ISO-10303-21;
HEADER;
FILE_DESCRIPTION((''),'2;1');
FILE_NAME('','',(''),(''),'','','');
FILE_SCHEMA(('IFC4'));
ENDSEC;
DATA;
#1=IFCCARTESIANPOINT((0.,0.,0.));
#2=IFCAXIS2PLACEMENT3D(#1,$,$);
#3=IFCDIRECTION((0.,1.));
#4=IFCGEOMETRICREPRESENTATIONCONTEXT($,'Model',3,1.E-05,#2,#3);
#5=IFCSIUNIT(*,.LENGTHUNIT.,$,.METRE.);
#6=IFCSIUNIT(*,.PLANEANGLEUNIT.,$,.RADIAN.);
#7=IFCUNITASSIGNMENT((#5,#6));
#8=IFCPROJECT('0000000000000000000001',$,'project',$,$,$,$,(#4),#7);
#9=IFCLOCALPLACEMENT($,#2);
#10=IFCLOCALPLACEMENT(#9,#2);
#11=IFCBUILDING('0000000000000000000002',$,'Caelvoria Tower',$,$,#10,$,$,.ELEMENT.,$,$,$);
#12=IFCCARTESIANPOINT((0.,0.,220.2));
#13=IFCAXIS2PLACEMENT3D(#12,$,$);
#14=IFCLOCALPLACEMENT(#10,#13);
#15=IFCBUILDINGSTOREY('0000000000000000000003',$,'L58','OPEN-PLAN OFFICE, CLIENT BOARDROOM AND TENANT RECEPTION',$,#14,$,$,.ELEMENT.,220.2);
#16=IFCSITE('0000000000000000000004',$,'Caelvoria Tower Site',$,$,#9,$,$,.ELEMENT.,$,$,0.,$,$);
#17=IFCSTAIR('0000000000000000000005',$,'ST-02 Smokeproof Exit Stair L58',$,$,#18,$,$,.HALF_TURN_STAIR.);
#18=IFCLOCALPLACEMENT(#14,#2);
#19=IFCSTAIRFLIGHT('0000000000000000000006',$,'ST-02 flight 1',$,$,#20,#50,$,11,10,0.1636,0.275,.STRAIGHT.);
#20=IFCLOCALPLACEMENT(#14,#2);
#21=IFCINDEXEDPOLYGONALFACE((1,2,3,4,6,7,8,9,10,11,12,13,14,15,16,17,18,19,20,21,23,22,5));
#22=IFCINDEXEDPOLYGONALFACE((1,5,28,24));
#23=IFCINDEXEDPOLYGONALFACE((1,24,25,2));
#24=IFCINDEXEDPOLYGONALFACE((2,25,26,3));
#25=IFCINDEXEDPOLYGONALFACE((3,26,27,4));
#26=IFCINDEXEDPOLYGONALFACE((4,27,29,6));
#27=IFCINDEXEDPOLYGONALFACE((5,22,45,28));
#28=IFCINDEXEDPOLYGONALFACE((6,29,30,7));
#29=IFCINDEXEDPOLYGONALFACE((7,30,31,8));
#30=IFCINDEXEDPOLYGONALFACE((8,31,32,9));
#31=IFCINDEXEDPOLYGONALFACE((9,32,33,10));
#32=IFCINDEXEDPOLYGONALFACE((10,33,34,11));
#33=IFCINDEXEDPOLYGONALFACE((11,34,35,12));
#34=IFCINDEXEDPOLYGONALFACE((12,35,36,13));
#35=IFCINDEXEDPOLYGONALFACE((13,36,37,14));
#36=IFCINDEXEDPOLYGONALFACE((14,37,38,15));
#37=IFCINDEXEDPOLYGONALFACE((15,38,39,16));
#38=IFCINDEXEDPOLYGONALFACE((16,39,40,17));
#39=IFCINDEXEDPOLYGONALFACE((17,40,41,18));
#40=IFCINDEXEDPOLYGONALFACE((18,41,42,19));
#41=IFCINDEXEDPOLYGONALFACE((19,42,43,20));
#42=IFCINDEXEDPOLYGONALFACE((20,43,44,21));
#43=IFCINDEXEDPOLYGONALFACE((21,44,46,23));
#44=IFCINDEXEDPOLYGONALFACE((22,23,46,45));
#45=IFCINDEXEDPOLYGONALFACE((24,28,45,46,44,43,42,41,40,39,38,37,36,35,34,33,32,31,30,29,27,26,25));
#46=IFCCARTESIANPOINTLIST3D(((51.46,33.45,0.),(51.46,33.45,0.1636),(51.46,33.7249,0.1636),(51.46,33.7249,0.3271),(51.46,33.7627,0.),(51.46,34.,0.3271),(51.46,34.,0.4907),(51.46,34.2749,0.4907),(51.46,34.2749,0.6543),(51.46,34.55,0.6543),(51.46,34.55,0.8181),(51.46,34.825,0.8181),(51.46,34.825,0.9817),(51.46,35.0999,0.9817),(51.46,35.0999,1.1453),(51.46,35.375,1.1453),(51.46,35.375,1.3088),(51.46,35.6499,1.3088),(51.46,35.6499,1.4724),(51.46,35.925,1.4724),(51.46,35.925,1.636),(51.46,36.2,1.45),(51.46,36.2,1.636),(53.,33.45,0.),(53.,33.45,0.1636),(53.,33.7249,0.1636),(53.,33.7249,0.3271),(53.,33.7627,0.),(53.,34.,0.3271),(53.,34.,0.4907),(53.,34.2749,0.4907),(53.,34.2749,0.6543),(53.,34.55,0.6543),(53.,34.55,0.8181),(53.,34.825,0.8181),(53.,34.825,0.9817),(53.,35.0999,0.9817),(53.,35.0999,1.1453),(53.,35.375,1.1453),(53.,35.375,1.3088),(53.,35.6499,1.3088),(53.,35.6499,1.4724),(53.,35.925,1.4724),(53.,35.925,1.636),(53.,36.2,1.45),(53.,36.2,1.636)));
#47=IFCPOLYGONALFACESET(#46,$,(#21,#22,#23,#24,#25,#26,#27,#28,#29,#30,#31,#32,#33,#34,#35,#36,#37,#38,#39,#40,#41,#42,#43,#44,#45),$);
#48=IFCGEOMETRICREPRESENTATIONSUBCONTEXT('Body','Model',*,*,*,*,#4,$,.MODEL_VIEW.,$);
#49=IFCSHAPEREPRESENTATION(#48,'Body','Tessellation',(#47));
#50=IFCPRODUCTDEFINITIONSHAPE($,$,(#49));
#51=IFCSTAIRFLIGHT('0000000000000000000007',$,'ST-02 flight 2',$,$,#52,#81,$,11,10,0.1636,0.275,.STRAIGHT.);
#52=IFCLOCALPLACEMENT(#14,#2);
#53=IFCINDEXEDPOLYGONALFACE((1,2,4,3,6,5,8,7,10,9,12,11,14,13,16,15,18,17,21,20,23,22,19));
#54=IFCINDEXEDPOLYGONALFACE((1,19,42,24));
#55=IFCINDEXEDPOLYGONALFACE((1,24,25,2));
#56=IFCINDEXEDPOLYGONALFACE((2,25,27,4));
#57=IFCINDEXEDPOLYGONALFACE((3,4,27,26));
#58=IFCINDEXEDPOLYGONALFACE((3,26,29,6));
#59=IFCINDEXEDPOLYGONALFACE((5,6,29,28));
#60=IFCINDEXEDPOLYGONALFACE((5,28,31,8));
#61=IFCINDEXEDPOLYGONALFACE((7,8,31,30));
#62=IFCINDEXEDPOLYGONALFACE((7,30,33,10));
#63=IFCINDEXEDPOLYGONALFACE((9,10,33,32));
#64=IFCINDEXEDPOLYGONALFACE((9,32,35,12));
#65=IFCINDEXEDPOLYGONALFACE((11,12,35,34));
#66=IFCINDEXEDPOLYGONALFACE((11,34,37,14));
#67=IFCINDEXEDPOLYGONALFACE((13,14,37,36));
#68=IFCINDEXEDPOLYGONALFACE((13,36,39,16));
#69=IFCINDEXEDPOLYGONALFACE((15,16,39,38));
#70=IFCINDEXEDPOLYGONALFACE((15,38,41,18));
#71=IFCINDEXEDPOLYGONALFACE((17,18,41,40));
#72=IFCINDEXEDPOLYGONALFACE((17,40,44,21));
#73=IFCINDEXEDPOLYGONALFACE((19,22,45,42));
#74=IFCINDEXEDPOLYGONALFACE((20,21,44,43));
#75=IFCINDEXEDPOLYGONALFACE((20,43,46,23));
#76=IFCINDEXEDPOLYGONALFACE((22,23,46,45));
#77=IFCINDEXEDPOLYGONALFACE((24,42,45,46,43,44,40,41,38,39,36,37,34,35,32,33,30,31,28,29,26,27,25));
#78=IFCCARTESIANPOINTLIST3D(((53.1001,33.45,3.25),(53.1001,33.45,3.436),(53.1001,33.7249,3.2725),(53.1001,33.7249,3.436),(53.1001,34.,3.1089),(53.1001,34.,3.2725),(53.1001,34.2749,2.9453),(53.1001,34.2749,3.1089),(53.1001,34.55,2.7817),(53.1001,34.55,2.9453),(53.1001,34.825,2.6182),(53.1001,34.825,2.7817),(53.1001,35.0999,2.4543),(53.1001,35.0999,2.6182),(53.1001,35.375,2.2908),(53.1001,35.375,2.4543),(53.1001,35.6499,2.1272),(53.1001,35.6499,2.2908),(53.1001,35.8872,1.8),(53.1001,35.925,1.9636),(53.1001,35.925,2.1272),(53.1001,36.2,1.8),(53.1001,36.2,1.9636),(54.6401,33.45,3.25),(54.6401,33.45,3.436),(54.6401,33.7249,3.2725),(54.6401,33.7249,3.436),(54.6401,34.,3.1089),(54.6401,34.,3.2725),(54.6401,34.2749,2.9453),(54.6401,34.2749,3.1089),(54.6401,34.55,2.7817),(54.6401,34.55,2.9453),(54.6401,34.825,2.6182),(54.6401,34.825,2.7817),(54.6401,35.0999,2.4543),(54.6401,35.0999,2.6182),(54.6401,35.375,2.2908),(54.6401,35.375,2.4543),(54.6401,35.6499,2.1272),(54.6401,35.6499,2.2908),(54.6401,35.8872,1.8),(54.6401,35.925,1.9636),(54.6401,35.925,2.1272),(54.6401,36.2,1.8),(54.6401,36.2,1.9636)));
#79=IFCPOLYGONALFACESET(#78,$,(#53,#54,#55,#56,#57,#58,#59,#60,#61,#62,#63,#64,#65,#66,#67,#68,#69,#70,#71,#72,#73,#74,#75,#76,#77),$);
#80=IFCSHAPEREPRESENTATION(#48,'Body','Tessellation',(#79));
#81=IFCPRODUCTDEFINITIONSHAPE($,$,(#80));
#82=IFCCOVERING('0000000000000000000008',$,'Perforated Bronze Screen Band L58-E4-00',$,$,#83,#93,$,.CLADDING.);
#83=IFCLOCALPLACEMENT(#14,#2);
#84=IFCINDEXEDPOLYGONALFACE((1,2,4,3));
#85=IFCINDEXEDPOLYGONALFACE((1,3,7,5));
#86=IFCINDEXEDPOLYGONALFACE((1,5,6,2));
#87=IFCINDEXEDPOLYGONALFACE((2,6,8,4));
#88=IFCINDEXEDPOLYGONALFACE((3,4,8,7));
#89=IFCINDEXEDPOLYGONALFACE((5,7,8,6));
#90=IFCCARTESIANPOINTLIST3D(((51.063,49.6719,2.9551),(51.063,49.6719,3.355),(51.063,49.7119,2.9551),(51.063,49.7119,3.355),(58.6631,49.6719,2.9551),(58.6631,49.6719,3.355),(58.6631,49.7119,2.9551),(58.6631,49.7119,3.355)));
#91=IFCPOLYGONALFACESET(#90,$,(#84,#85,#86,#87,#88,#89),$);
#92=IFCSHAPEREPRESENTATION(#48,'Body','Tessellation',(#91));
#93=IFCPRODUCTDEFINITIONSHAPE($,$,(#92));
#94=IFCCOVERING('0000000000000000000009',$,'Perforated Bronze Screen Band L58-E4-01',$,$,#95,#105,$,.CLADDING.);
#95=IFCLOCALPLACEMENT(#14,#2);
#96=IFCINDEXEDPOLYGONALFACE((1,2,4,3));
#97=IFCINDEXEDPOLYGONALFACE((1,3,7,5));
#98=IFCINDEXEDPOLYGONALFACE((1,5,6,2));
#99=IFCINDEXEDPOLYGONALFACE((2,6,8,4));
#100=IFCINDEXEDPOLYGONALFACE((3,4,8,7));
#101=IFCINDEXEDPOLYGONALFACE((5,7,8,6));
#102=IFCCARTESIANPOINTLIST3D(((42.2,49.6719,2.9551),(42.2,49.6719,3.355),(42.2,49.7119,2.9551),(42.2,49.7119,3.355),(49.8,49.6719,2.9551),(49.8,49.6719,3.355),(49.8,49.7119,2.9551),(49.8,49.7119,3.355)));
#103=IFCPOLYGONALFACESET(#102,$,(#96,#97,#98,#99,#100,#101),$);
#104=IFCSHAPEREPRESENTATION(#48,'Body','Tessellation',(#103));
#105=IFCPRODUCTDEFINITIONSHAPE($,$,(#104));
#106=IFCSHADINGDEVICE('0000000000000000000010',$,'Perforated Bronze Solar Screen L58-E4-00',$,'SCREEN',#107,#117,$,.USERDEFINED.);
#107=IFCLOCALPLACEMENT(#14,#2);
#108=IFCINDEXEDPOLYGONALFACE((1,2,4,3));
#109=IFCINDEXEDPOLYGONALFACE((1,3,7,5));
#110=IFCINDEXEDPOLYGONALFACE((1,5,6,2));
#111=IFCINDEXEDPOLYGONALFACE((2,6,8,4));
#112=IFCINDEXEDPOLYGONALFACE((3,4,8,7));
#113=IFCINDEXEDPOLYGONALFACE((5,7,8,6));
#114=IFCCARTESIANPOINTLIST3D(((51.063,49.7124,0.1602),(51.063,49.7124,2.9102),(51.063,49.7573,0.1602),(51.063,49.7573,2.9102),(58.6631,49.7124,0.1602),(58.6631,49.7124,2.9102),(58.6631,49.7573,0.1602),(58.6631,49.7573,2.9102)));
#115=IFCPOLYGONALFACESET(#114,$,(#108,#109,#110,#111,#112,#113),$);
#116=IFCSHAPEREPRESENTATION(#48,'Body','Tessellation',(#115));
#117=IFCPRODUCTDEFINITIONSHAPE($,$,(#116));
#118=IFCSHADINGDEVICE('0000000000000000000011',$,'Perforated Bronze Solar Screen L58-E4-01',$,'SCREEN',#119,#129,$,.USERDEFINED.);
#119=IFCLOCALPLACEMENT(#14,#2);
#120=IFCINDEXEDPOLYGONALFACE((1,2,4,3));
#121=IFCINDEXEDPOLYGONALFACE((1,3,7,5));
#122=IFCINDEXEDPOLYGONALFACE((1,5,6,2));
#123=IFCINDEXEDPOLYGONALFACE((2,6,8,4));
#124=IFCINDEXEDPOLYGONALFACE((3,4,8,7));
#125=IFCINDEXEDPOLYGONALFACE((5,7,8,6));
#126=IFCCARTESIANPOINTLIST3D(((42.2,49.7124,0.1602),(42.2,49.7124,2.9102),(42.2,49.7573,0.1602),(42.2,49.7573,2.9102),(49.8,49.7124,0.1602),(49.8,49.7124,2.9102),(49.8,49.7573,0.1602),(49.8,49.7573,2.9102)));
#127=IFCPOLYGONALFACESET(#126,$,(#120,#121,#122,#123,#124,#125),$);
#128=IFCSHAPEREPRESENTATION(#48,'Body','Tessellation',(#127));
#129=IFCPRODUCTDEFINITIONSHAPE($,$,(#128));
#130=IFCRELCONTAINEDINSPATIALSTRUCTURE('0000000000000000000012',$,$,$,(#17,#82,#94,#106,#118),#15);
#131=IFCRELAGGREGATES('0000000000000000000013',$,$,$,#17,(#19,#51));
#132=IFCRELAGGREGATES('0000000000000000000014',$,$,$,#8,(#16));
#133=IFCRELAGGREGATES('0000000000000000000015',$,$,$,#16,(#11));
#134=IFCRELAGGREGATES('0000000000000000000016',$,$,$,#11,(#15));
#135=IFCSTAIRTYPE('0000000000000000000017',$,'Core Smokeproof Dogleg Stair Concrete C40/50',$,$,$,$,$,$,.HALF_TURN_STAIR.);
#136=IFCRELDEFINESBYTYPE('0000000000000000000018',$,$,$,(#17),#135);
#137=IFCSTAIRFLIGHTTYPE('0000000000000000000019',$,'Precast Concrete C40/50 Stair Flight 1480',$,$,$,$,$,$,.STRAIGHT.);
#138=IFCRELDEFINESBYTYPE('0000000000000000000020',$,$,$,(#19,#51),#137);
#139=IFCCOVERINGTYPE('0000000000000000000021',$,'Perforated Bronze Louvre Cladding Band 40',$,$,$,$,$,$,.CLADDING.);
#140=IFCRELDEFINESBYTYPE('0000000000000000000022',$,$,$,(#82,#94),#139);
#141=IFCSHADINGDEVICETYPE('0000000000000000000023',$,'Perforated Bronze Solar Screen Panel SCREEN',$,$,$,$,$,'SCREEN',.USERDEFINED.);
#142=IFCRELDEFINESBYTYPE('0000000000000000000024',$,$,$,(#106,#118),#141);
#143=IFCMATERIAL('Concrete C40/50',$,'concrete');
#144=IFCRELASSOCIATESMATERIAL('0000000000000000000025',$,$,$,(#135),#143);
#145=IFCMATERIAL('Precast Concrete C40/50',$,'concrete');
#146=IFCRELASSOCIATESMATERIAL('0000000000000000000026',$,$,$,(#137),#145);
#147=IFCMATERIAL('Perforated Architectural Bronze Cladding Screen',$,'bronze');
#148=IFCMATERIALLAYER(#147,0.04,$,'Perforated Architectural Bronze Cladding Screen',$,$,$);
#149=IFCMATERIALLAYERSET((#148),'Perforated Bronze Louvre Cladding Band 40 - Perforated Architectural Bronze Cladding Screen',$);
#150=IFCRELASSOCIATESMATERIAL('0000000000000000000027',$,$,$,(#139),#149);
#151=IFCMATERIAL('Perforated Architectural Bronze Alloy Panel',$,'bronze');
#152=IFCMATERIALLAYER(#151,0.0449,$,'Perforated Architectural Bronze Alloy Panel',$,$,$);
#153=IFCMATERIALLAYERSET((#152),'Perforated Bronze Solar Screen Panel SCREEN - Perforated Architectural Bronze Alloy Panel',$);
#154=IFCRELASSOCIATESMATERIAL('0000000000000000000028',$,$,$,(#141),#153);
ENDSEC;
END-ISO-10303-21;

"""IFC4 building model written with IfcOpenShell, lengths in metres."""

from ifc_helpers import new_model, si_unit, direction, frame, origin, origin_2d, place, context, subcontext, project, spatial, polyline, rectangle, outline, extrude, material, layer, layer_set, type_object, element, aggregate, save


model = new_model("IFC4")

# Units and contexts
model_context = context("Model", 3, precision=1e-05, world=origin(), true_north=direction((0.0, 1.0)))
body_context = subcontext(model_context, "Body", "Model", "MODEL_VIEW")
ifc_project = project(units=[si_unit("LENGTHUNIT", "METRE"), si_unit("PLANEANGLEUNIT", "RADIAN")], contexts=[model_context])

# Site, building, storey
site_placement = place(None, origin())
site = spatial("IfcSite", under=ifc_project, at=site_placement, Name="Caelvoria Tower Site", CompositionType="ELEMENT", RefElevation=0.0)
building_placement = place(site_placement, origin())
building = spatial("IfcBuilding", under=site, at=building_placement, Name="Caelvoria Tower", CompositionType="ELEMENT")
storey_placement = place(building_placement, frame((0.0, 0.0, 220.2)))
storey = spatial("IfcBuildingStorey", under=building, at=storey_placement, Name="L58", Description="OPEN-PLAN OFFICE, CLIENT BOARDROOM AND TENANT RECEPTION", CompositionType="ELEMENT", Elevation=220.2)

# Stair, stair flights
ifc_material_1 = material(Name="Concrete C40/50", Category="concrete")
stair_type = type_object("IfcStairType", Name="Core Smokeproof Dogleg Stair Concrete C40/50", PredefinedType="HALF_TURN_STAIR", material=ifc_material_1)
stair_placement = place(storey_placement, origin())
stair = element("IfcStair", 1, at=stair_placement, inside=storey, type_object=stair_type, Name="ST-02 Smokeproof Exit Stair L58", PredefinedType="HALF_TURN_STAIR")
ifc_material_2 = material(Name="Precast Concrete C40/50", Category="concrete")
stair_flight_type = type_object("IfcStairFlightType", Name="Precast Concrete C40/50 Stair Flight 1480", PredefinedType="STRAIGHT", material=ifc_material_2)
stair_flight_1_placement = place(storey_placement, frame((52.23, 33.45, 0.0), z_axis=(0.0, 0.0, 1.0), x_axis=(0.0, 1.0, 0.0)))
stair_flight_1 = element("IfcStairFlight", 2, at=stair_flight_1_placement, type_object=stair_flight_type, Name="ST-02 flight 1", NumberOfRisers=11, NumberOfTreads=10, PredefinedType="STRAIGHT", RiserHeight=0.1636, TreadLength=0.275, context=body_context, shape_type="SweptSolid", body=[
    extrude(outline(polyline([(0.0, 0.0), (0.0, 0.1636), (0.2749, 0.1636), (0.2749, 0.3271), (0.55, 0.3271), (0.55, 0.4907), (0.825, 0.4907), (0.825, 0.6543), (1.1001, 0.6543), (1.1001, 0.8181), (1.375, 0.8181), (1.375, 0.9817), (1.6499, 0.9817), (1.6499, 1.1453), (1.925, 1.1453), (1.925, 1.3088), (2.2, 1.3088), (2.2, 1.4724), (2.4751, 1.4724), (2.4751, 1.636), (2.75, 1.636), (2.75, 1.7996), (2.75, 1.45), (0.3127, 0.0), (0.0, 0.0)])), frame((0.0, 0.77, 0.0), z_axis=(0.0, -1.0, 0.0), x_axis=(1.0, 0.0, 0.0)), (0.0, 0.0, 1.0), 1.54),
])
stair_flight_2_placement = place(storey_placement, frame((53.8701, 36.2, 1.8), z_axis=(0.0, 0.0, 1.0), x_axis=(0.0, -1.0, 0.0)))
stair_flight_2 = element("IfcStairFlight", 3, at=stair_flight_2_placement, type_object=stair_flight_type, Name="ST-02 flight 2", NumberOfRisers=11, NumberOfTreads=10, PredefinedType="STRAIGHT", RiserHeight=0.1636, TreadLength=0.275, context=body_context, shape_type="SweptSolid", body=[
    extrude(outline(polyline([(0.0, 0.0), (0.0, 0.1636), (0.2749, 0.1636), (0.2749, 0.3271), (0.55, 0.3271), (0.55, 0.4907), (0.825, 0.4907), (0.825, 0.6543), (1.1001, 0.6543), (1.1001, 0.8181), (1.375, 0.8181), (1.375, 0.9817), (1.6499, 0.9817), (1.6499, 1.1453), (1.925, 1.1453), (1.925, 1.3088), (2.2, 1.3088), (2.2, 1.4724), (2.4751, 1.4724), (2.4751, 1.636), (2.75, 1.636), (2.75, 1.7996), (2.75, 1.45), (0.3127, 0.0), (0.0, 0.0)])), frame((0.0, 0.77, 0.0), z_axis=(0.0, -1.0, 0.0), x_axis=(1.0, 0.0, 0.0)), (0.0, 0.0, 1.0), 1.54),
])
aggregate(stair, [stair_flight_1, stair_flight_2])

# Coverings
ifc_material_3 = material(Name="Perforated Architectural Bronze Cladding Screen", Category="bronze")
ifc_layer_1 = layer(ifc_material_3, 0.04, Name="Perforated Architectural Bronze Cladding Screen")
ifc_layer_set_1 = layer_set([ifc_layer_1], Name="Perforated Bronze Louvre Cladding Band 40 - Perforated Architectural Bronze Cladding Screen")
covering_type = type_object("IfcCoveringType", Name="Perforated Bronze Louvre Cladding Band 40", PredefinedType="CLADDING", material=ifc_layer_set_1)
for number, where, z_axis, x_axis, name in (
    (4, (54.863, 49.6919, 2.9551), (0.0, 0.0, 1.0), (-1.0, 0.0, 0.0), "Perforated Bronze Screen Band L58-E4-00"),
    (5, (46.0, 49.6919, 2.9551), (0.0, 0.0, 1.0), (-1.0, 0.0, 0.0), "Perforated Bronze Screen Band L58-E4-01"),
):
    element("IfcCovering", number, at=place(storey_placement, frame(where, z_axis=z_axis, x_axis=x_axis)), inside=storey, type_object=covering_type, Name=name, PredefinedType="CLADDING", context=body_context, shape_type="SweptSolid", body=[
        extrude(rectangle(XDim=7.6001, YDim=0.04, at=origin_2d()), origin(), (0.0, 0.0, 1.0), 0.3999),
    ])

# Shading devices
ifc_material_4 = material(Name="Perforated Architectural Bronze Alloy Panel", Category="bronze")
ifc_layer_2 = layer(ifc_material_4, 0.0449, Name="Perforated Architectural Bronze Alloy Panel")
ifc_layer_set_2 = layer_set([ifc_layer_2], Name="Perforated Bronze Solar Screen Panel SCREEN - Perforated Architectural Bronze Alloy Panel")
shading_device_type = type_object("IfcShadingDeviceType", Name="Perforated Bronze Solar Screen Panel SCREEN", ElementType="SCREEN", PredefinedType="USERDEFINED", material=ifc_layer_set_2)
for number, where, z_axis, x_axis, name in (
    (6, (54.863, 49.7349, 0.1602), (0.0, 0.0, 1.0), (-1.0, 0.0, 0.0), "Perforated Bronze Solar Screen L58-E4-00"),
    (7, (46.0, 49.7349, 0.1602), (0.0, 0.0, 1.0), (-1.0, 0.0, 0.0), "Perforated Bronze Solar Screen L58-E4-01"),
):
    element("IfcShadingDevice", number, at=place(storey_placement, frame(where, z_axis=z_axis, x_axis=x_axis)), inside=storey, type_object=shading_device_type, Name=name, ObjectType="SCREEN", PredefinedType="USERDEFINED", context=body_context, shape_type="SweptSolid", body=[
        extrude(rectangle(XDim=7.6001, YDim=0.0449, at=origin_2d()), origin(), (0.0, 0.0, 1.0), 2.75),
    ])

save(model, "model.ifc")
